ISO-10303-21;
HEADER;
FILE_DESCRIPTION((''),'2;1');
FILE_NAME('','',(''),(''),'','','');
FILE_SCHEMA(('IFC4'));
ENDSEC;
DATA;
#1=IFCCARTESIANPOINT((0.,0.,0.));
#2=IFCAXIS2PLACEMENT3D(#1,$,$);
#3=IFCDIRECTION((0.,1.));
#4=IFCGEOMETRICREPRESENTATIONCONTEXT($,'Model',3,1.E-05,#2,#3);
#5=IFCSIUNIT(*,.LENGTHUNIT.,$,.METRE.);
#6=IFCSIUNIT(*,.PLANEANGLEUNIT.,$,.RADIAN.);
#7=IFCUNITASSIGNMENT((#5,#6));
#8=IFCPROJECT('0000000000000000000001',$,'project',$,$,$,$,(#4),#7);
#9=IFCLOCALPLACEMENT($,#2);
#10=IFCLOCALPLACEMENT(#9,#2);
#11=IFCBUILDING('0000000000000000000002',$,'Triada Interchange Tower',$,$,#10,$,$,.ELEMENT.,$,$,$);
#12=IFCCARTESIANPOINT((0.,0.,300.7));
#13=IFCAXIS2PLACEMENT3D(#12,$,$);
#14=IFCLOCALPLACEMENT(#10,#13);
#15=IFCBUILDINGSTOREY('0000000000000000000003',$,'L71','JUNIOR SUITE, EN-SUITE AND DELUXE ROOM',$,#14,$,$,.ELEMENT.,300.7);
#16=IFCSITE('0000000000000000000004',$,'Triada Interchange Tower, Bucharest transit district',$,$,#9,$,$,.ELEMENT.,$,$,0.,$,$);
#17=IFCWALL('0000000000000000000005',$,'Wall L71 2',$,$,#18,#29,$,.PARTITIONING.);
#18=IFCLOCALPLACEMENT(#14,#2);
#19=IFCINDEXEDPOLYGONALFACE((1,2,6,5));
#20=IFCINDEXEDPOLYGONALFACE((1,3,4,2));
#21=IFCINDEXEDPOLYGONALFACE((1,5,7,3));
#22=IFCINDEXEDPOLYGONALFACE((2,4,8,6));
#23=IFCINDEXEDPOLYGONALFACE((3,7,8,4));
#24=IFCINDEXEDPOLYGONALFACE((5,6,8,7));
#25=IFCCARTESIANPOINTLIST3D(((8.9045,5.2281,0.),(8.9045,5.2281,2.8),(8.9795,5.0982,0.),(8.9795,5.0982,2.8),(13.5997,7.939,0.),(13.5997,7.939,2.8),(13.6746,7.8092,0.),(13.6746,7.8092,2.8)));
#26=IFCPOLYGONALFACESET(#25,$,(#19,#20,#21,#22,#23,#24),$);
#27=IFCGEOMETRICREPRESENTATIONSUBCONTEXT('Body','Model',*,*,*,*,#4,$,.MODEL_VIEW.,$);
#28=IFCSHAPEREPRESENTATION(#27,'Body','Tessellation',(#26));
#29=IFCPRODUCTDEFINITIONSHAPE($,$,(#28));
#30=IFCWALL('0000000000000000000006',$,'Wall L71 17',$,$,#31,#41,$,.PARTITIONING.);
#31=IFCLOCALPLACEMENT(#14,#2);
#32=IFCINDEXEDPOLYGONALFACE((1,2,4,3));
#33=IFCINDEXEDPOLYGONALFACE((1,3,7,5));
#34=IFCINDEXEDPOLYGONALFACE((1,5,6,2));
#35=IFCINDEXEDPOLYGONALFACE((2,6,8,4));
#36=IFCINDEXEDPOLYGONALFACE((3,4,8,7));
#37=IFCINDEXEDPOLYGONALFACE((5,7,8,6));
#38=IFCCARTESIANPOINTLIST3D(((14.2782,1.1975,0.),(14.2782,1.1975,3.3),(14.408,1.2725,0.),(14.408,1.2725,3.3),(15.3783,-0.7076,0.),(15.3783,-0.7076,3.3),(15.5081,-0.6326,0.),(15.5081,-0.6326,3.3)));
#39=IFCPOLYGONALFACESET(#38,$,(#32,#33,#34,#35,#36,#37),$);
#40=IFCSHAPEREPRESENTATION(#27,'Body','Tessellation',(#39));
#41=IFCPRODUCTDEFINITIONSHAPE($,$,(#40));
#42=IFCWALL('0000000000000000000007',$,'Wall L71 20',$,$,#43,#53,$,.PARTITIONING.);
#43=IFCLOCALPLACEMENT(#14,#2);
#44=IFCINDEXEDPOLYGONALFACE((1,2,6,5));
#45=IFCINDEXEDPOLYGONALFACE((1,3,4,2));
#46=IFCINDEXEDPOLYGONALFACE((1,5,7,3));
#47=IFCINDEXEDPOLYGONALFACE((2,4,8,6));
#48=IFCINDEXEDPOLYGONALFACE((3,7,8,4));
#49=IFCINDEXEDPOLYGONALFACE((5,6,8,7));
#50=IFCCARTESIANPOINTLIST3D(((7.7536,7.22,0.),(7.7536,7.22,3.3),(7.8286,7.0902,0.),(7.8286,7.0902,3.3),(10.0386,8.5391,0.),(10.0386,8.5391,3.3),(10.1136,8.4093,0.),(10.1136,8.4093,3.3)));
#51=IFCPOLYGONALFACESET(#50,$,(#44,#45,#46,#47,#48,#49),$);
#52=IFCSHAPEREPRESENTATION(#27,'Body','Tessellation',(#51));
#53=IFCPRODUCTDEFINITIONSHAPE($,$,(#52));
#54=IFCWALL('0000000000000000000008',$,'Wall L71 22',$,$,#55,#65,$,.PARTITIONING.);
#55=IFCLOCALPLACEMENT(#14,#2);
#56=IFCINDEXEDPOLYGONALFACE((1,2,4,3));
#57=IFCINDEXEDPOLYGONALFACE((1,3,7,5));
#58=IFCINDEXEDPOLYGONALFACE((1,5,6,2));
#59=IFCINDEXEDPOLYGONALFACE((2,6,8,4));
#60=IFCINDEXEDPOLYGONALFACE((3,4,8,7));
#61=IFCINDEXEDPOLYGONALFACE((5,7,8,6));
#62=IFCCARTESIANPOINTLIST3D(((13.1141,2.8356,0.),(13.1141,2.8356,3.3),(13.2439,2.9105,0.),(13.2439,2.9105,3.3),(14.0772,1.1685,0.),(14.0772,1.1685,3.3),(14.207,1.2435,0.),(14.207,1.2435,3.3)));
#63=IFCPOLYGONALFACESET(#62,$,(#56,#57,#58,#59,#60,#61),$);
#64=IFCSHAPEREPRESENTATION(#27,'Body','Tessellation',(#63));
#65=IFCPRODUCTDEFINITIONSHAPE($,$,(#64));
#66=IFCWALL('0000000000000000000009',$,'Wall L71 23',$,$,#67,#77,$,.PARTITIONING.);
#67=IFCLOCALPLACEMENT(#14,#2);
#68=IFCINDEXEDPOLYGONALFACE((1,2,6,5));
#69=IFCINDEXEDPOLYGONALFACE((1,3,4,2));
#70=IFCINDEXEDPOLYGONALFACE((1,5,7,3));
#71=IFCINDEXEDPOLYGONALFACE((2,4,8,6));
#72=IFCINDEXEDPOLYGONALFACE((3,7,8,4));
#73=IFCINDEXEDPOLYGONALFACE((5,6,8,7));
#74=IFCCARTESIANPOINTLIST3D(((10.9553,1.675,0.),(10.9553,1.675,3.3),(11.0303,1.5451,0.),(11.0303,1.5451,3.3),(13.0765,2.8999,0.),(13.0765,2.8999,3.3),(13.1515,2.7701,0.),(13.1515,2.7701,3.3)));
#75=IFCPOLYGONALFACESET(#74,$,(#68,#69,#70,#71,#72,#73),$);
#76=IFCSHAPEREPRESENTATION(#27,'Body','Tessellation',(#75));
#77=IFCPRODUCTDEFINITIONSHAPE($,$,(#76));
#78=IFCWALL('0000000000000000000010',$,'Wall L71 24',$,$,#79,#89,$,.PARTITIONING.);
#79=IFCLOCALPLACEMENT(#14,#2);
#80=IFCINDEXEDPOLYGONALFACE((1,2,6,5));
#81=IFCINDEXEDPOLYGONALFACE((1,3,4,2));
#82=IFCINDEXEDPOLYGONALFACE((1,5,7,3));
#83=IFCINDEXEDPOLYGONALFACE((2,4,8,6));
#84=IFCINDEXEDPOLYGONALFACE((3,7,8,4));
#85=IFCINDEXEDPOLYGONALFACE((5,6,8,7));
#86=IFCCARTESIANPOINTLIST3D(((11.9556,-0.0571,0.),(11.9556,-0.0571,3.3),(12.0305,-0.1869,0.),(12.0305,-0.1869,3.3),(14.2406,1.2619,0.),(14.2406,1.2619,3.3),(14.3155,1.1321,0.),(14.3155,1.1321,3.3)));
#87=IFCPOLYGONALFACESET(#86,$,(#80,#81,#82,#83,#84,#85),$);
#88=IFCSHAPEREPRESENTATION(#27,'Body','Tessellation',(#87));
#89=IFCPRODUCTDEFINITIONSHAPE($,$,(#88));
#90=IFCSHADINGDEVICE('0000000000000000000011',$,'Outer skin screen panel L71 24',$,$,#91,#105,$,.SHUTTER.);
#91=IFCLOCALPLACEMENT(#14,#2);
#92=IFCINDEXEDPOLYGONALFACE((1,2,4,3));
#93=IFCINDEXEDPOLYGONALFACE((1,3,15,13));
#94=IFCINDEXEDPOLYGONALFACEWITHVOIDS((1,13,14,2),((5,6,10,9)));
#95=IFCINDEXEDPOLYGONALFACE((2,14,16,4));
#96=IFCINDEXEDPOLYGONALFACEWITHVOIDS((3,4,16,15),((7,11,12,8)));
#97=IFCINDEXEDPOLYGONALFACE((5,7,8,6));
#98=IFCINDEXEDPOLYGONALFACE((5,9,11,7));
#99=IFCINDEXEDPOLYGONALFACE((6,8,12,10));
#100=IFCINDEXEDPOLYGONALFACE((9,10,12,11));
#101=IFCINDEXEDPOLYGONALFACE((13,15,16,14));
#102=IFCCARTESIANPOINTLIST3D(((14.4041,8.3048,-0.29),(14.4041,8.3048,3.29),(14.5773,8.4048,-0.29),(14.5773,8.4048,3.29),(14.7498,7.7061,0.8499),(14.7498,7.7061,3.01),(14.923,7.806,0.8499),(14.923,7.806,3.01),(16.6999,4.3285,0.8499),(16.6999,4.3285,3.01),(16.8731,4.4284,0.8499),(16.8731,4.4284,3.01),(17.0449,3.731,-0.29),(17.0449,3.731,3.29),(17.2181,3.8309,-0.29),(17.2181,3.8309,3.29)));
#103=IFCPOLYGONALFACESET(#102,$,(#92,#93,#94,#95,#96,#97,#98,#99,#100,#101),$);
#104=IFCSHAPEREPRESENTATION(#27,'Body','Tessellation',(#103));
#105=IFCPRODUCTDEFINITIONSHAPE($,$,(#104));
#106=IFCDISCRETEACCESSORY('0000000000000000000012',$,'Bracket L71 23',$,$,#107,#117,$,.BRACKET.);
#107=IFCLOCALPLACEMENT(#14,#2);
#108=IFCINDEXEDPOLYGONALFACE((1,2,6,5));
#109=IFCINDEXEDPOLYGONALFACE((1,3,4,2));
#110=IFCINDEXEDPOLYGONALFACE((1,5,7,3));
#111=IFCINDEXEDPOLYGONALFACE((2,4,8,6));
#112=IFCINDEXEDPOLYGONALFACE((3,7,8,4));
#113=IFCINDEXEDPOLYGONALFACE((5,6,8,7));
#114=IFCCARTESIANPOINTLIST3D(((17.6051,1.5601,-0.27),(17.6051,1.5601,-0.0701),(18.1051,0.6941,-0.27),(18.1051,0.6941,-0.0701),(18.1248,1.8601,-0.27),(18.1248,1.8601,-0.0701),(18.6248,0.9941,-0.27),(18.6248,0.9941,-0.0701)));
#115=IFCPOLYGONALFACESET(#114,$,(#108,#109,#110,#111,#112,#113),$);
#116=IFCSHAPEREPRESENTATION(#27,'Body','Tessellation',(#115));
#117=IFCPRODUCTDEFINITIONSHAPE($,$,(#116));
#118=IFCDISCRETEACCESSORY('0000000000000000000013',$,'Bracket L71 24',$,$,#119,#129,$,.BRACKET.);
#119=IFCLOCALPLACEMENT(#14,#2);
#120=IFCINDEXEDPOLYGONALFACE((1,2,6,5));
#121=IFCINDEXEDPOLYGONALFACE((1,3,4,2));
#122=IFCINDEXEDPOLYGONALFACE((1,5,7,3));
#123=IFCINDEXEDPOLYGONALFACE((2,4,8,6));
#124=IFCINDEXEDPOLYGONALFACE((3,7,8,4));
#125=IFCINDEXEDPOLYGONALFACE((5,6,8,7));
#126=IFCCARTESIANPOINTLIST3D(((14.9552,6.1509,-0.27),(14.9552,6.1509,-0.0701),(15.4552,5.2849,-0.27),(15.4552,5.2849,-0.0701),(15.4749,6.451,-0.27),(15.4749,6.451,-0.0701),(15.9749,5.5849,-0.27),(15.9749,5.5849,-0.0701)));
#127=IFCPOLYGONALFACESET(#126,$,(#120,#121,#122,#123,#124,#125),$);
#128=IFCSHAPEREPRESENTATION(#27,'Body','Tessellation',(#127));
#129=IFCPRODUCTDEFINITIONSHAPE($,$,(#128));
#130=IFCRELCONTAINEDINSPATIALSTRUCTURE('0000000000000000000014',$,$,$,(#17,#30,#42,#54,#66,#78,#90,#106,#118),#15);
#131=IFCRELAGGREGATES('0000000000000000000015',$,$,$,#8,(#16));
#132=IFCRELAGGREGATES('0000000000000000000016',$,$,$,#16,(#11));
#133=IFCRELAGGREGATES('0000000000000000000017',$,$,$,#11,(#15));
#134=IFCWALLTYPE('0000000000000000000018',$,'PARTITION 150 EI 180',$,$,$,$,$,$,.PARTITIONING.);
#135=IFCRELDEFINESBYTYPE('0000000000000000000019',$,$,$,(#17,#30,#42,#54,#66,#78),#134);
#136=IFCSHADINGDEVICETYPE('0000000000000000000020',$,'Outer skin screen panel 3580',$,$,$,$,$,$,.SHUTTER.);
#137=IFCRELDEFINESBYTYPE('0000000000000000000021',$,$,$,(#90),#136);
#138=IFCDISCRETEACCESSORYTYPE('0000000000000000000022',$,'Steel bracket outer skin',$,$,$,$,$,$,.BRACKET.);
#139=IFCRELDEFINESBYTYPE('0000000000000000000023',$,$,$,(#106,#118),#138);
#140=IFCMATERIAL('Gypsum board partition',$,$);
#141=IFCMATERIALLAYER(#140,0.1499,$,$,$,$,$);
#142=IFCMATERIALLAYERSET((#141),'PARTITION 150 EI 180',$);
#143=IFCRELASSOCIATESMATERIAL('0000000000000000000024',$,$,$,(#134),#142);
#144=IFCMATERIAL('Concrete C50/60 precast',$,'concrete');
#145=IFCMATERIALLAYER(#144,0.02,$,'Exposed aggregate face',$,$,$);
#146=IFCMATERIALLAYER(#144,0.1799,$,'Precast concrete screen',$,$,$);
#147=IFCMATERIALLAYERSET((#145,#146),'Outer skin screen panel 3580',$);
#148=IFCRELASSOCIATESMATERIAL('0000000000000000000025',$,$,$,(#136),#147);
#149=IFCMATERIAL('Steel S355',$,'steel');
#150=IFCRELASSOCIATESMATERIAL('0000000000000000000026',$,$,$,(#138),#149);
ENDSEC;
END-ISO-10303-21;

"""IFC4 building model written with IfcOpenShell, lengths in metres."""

from ifc_helpers import new_model, si_unit, direction, frame, frame_2d, origin, origin_2d, place, context, subcontext, project, spatial, polyline, rectangle, outline, extrude, material, layer, layer_set, type_object, element, save


model = new_model("IFC4")

# Units and contexts
model_context = context("Model", 3, precision=1e-05, world=origin(), true_north=direction((0.0, 1.0)))
body_context = subcontext(model_context, "Body", "Model", "MODEL_VIEW")
ifc_project = project(units=[si_unit("LENGTHUNIT", "METRE"), si_unit("PLANEANGLEUNIT", "RADIAN")], contexts=[model_context])

# Site, building, storey
site_placement = place(None, origin())
site = spatial("IfcSite", under=ifc_project, at=site_placement, Name="Triada Interchange Tower, Bucharest transit district", CompositionType="ELEMENT", RefElevation=0.0)
building_placement = place(site_placement, origin())
building = spatial("IfcBuilding", under=site, at=building_placement, Name="Triada Interchange Tower", CompositionType="ELEMENT")
storey_placement = place(building_placement, frame((0.0, 0.0, 300.7)))
storey = spatial("IfcBuildingStorey", under=building, at=storey_placement, Name="L71", Description="JUNIOR SUITE, EN-SUITE AND DELUXE ROOM", CompositionType="ELEMENT", Elevation=300.7)

# Walls
ifc_material_1 = material(Name="Gypsum board partition")
ifc_layer_1 = layer(ifc_material_1, 0.1499)
ifc_layer_set_1 = layer_set([ifc_layer_1], Name="PARTITION 150 EI 180")
wall_type_1 = type_object("IfcWallType", Name="PARTITION 150 EI 180", PredefinedType="PARTITIONING", material=ifc_layer_set_1)
wall_1_placement = place(storey_placement, frame((8.9419, 5.1631, 0.0), z_axis=(0.0, 0.0, 1.0), x_axis=(0.866006, 0.500033, 0.0)))
element("IfcWall", 1, at=wall_1_placement, inside=storey, type_object=wall_type_1, Name="Wall L71 2", PredefinedType="PARTITIONING", context=body_context, shape_type="SweptSolid", body=[
    extrude(rectangle(XDim=5.4216, YDim=0.1499, at=frame_2d((2.7109, 0.0))), origin(), (0.0, 0.0, 1.0), 2.8),
])
wall_2_placement = place(storey_placement, frame((14.343, 1.2351, 0.0), z_axis=(0.0, 0.0, 1.0), x_axis=(0.500078, -0.86598, 0.0)))
element("IfcWall", 2, at=wall_2_placement, inside=storey, type_object=wall_type_1, Name="Wall L71 17", PredefinedType="PARTITIONING", context=body_context, shape_type="SweptSolid", body=[
    extrude(rectangle(XDim=2.2, YDim=0.1499, at=frame_2d((1.1001, 0.0))), origin(), (0.0, 0.0, 1.0), 3.3),
])
wall_3_placement = place(storey_placement, frame((7.791, 7.155, 0.0), z_axis=(0.0, 0.0, 1.0), x_axis=(0.866042, 0.499971, 0.0)))
element("IfcWall", 3, at=wall_3_placement, inside=storey, type_object=wall_type_1, Name="Wall L71 20", PredefinedType="PARTITIONING", context=body_context, shape_type="SweptSolid", body=[
    extrude(rectangle(XDim=2.6384, YDim=0.1499, at=frame_2d((1.3193, 0.0))), origin(), (0.0, 0.0, 1.0), 3.3),
])
wall_4_placement = place(storey_placement, frame((13.179, 2.873, 0.0), z_axis=(0.0, 0.0, 1.0), x_axis=(0.500271, -0.865869, 0.0)))
element("IfcWall", 4, at=wall_4_placement, inside=storey, type_object=wall_type_1, Name="Wall L71 22", PredefinedType="PARTITIONING", context=body_context, shape_type="SweptSolid", body=[
    extrude(rectangle(XDim=1.9253, YDim=0.1499, at=frame_2d((0.9626, 0.0))), origin(), (0.0, 0.0, 1.0), 3.3),
])
wall_5_placement = place(storey_placement, frame((10.9929, 1.6101, 0.0), z_axis=(0.0, 0.0, 1.0), x_axis=(0.865983, 0.500073, 0.0)))
element("IfcWall", 5, at=wall_5_placement, inside=storey, type_object=wall_type_1, Name="Wall L71 23", PredefinedType="PARTITIONING", context=body_context, shape_type="SweptSolid", body=[
    extrude(rectangle(XDim=2.4495, YDim=0.1499, at=frame_2d((1.2246, 0.0))), origin(), (0.0, 0.0, 1.0), 3.3),
])
wall_6_placement = place(storey_placement, frame((11.9929, -0.1221, 0.0), z_axis=(0.0, 0.0, 1.0), x_axis=(0.866065, 0.499931, 0.0)))
element("IfcWall", 6, at=wall_6_placement, inside=storey, type_object=wall_type_1, Name="Wall L71 24", PredefinedType="PARTITIONING", context=body_context, shape_type="SweptSolid", body=[
    extrude(rectangle(XDim=2.6384, YDim=0.1499, at=frame_2d((1.3193, 0.0))), origin(), (0.0, 0.0, 1.0), 3.3),
])

# Shading device
ifc_material_2 = material(Name="Concrete C50/60 precast", Category="concrete")
ifc_layer_2 = layer(ifc_material_2, 0.02, Name="Exposed aggregate face")
ifc_layer_3 = layer(ifc_material_2, 0.1799, Name="Precast concrete screen")
ifc_layer_set_2 = layer_set([ifc_layer_2, ifc_layer_3], Name="Outer skin screen panel 3580")
shading_device_type = type_object("IfcShadingDeviceType", Name="Outer skin screen panel 3580", PredefinedType="SHUTTER", material=ifc_layer_set_2)
shading_device_placement = place(storey_placement, frame((17.0449, 3.731, -0.29), z_axis=(0.0, 0.0, 1.0), x_axis=(-0.500012, 0.866019, 0.0)))
element("IfcShadingDevice", 7, at=shading_device_placement, inside=storey, type_object=shading_device_type, Name="Outer skin screen panel L71 24", PredefinedType="SHUTTER", context=body_context, shape_type="SweptSolid", body=[
    extrude(outline(polyline([(0.0, 0.0), (5.2815, 0.0), (5.2815, 3.5801), (0.0, 3.5801), (0.0, 0.0)]), holes=[polyline([(0.6899, 1.1399), (0.6899, 3.3), (4.5901, 3.3), (4.5901, 1.1399), (0.6899, 1.1399)])]), frame((0.0, 0.0, 0.0), z_axis=(0.0, -1.0, 0.0), x_axis=(1.0, 0.0, 0.0)), (0.0, 0.0, 1.0), 0.2),
])

# Discrete accessories
ifc_material_3 = material(Name="Steel S355", Category="steel")
discrete_accessory_type = type_object("IfcDiscreteAccessoryType", Name="Steel bracket outer skin", PredefinedType="BRACKET", material=ifc_material_3)
for number, where, z_axis, x_axis, name in (
    (8, (18.115, 1.2771, -0.27), (0.0, 0.0, 1.0), (0.866027, 0.499997, 0.0), "Bracket L71 23"),
    (9, (15.4651, 5.8679, -0.27), (0.0, 0.0, 1.0), (0.866027, 0.499997, 0.0), "Bracket L71 24"),
):
    element("IfcDiscreteAccessory", number, at=place(storey_placement, frame(where, z_axis=z_axis, x_axis=x_axis)), inside=storey, type_object=discrete_accessory_type, Name=name, PredefinedType="BRACKET", context=body_context, shape_type="SweptSolid", body=[
        extrude(rectangle(XDim=0.6001, YDim=1.0, at=origin_2d()), origin(), (0.0, 0.0, 1.0), 0.2),
    ])

save(model, "model.ifc")
